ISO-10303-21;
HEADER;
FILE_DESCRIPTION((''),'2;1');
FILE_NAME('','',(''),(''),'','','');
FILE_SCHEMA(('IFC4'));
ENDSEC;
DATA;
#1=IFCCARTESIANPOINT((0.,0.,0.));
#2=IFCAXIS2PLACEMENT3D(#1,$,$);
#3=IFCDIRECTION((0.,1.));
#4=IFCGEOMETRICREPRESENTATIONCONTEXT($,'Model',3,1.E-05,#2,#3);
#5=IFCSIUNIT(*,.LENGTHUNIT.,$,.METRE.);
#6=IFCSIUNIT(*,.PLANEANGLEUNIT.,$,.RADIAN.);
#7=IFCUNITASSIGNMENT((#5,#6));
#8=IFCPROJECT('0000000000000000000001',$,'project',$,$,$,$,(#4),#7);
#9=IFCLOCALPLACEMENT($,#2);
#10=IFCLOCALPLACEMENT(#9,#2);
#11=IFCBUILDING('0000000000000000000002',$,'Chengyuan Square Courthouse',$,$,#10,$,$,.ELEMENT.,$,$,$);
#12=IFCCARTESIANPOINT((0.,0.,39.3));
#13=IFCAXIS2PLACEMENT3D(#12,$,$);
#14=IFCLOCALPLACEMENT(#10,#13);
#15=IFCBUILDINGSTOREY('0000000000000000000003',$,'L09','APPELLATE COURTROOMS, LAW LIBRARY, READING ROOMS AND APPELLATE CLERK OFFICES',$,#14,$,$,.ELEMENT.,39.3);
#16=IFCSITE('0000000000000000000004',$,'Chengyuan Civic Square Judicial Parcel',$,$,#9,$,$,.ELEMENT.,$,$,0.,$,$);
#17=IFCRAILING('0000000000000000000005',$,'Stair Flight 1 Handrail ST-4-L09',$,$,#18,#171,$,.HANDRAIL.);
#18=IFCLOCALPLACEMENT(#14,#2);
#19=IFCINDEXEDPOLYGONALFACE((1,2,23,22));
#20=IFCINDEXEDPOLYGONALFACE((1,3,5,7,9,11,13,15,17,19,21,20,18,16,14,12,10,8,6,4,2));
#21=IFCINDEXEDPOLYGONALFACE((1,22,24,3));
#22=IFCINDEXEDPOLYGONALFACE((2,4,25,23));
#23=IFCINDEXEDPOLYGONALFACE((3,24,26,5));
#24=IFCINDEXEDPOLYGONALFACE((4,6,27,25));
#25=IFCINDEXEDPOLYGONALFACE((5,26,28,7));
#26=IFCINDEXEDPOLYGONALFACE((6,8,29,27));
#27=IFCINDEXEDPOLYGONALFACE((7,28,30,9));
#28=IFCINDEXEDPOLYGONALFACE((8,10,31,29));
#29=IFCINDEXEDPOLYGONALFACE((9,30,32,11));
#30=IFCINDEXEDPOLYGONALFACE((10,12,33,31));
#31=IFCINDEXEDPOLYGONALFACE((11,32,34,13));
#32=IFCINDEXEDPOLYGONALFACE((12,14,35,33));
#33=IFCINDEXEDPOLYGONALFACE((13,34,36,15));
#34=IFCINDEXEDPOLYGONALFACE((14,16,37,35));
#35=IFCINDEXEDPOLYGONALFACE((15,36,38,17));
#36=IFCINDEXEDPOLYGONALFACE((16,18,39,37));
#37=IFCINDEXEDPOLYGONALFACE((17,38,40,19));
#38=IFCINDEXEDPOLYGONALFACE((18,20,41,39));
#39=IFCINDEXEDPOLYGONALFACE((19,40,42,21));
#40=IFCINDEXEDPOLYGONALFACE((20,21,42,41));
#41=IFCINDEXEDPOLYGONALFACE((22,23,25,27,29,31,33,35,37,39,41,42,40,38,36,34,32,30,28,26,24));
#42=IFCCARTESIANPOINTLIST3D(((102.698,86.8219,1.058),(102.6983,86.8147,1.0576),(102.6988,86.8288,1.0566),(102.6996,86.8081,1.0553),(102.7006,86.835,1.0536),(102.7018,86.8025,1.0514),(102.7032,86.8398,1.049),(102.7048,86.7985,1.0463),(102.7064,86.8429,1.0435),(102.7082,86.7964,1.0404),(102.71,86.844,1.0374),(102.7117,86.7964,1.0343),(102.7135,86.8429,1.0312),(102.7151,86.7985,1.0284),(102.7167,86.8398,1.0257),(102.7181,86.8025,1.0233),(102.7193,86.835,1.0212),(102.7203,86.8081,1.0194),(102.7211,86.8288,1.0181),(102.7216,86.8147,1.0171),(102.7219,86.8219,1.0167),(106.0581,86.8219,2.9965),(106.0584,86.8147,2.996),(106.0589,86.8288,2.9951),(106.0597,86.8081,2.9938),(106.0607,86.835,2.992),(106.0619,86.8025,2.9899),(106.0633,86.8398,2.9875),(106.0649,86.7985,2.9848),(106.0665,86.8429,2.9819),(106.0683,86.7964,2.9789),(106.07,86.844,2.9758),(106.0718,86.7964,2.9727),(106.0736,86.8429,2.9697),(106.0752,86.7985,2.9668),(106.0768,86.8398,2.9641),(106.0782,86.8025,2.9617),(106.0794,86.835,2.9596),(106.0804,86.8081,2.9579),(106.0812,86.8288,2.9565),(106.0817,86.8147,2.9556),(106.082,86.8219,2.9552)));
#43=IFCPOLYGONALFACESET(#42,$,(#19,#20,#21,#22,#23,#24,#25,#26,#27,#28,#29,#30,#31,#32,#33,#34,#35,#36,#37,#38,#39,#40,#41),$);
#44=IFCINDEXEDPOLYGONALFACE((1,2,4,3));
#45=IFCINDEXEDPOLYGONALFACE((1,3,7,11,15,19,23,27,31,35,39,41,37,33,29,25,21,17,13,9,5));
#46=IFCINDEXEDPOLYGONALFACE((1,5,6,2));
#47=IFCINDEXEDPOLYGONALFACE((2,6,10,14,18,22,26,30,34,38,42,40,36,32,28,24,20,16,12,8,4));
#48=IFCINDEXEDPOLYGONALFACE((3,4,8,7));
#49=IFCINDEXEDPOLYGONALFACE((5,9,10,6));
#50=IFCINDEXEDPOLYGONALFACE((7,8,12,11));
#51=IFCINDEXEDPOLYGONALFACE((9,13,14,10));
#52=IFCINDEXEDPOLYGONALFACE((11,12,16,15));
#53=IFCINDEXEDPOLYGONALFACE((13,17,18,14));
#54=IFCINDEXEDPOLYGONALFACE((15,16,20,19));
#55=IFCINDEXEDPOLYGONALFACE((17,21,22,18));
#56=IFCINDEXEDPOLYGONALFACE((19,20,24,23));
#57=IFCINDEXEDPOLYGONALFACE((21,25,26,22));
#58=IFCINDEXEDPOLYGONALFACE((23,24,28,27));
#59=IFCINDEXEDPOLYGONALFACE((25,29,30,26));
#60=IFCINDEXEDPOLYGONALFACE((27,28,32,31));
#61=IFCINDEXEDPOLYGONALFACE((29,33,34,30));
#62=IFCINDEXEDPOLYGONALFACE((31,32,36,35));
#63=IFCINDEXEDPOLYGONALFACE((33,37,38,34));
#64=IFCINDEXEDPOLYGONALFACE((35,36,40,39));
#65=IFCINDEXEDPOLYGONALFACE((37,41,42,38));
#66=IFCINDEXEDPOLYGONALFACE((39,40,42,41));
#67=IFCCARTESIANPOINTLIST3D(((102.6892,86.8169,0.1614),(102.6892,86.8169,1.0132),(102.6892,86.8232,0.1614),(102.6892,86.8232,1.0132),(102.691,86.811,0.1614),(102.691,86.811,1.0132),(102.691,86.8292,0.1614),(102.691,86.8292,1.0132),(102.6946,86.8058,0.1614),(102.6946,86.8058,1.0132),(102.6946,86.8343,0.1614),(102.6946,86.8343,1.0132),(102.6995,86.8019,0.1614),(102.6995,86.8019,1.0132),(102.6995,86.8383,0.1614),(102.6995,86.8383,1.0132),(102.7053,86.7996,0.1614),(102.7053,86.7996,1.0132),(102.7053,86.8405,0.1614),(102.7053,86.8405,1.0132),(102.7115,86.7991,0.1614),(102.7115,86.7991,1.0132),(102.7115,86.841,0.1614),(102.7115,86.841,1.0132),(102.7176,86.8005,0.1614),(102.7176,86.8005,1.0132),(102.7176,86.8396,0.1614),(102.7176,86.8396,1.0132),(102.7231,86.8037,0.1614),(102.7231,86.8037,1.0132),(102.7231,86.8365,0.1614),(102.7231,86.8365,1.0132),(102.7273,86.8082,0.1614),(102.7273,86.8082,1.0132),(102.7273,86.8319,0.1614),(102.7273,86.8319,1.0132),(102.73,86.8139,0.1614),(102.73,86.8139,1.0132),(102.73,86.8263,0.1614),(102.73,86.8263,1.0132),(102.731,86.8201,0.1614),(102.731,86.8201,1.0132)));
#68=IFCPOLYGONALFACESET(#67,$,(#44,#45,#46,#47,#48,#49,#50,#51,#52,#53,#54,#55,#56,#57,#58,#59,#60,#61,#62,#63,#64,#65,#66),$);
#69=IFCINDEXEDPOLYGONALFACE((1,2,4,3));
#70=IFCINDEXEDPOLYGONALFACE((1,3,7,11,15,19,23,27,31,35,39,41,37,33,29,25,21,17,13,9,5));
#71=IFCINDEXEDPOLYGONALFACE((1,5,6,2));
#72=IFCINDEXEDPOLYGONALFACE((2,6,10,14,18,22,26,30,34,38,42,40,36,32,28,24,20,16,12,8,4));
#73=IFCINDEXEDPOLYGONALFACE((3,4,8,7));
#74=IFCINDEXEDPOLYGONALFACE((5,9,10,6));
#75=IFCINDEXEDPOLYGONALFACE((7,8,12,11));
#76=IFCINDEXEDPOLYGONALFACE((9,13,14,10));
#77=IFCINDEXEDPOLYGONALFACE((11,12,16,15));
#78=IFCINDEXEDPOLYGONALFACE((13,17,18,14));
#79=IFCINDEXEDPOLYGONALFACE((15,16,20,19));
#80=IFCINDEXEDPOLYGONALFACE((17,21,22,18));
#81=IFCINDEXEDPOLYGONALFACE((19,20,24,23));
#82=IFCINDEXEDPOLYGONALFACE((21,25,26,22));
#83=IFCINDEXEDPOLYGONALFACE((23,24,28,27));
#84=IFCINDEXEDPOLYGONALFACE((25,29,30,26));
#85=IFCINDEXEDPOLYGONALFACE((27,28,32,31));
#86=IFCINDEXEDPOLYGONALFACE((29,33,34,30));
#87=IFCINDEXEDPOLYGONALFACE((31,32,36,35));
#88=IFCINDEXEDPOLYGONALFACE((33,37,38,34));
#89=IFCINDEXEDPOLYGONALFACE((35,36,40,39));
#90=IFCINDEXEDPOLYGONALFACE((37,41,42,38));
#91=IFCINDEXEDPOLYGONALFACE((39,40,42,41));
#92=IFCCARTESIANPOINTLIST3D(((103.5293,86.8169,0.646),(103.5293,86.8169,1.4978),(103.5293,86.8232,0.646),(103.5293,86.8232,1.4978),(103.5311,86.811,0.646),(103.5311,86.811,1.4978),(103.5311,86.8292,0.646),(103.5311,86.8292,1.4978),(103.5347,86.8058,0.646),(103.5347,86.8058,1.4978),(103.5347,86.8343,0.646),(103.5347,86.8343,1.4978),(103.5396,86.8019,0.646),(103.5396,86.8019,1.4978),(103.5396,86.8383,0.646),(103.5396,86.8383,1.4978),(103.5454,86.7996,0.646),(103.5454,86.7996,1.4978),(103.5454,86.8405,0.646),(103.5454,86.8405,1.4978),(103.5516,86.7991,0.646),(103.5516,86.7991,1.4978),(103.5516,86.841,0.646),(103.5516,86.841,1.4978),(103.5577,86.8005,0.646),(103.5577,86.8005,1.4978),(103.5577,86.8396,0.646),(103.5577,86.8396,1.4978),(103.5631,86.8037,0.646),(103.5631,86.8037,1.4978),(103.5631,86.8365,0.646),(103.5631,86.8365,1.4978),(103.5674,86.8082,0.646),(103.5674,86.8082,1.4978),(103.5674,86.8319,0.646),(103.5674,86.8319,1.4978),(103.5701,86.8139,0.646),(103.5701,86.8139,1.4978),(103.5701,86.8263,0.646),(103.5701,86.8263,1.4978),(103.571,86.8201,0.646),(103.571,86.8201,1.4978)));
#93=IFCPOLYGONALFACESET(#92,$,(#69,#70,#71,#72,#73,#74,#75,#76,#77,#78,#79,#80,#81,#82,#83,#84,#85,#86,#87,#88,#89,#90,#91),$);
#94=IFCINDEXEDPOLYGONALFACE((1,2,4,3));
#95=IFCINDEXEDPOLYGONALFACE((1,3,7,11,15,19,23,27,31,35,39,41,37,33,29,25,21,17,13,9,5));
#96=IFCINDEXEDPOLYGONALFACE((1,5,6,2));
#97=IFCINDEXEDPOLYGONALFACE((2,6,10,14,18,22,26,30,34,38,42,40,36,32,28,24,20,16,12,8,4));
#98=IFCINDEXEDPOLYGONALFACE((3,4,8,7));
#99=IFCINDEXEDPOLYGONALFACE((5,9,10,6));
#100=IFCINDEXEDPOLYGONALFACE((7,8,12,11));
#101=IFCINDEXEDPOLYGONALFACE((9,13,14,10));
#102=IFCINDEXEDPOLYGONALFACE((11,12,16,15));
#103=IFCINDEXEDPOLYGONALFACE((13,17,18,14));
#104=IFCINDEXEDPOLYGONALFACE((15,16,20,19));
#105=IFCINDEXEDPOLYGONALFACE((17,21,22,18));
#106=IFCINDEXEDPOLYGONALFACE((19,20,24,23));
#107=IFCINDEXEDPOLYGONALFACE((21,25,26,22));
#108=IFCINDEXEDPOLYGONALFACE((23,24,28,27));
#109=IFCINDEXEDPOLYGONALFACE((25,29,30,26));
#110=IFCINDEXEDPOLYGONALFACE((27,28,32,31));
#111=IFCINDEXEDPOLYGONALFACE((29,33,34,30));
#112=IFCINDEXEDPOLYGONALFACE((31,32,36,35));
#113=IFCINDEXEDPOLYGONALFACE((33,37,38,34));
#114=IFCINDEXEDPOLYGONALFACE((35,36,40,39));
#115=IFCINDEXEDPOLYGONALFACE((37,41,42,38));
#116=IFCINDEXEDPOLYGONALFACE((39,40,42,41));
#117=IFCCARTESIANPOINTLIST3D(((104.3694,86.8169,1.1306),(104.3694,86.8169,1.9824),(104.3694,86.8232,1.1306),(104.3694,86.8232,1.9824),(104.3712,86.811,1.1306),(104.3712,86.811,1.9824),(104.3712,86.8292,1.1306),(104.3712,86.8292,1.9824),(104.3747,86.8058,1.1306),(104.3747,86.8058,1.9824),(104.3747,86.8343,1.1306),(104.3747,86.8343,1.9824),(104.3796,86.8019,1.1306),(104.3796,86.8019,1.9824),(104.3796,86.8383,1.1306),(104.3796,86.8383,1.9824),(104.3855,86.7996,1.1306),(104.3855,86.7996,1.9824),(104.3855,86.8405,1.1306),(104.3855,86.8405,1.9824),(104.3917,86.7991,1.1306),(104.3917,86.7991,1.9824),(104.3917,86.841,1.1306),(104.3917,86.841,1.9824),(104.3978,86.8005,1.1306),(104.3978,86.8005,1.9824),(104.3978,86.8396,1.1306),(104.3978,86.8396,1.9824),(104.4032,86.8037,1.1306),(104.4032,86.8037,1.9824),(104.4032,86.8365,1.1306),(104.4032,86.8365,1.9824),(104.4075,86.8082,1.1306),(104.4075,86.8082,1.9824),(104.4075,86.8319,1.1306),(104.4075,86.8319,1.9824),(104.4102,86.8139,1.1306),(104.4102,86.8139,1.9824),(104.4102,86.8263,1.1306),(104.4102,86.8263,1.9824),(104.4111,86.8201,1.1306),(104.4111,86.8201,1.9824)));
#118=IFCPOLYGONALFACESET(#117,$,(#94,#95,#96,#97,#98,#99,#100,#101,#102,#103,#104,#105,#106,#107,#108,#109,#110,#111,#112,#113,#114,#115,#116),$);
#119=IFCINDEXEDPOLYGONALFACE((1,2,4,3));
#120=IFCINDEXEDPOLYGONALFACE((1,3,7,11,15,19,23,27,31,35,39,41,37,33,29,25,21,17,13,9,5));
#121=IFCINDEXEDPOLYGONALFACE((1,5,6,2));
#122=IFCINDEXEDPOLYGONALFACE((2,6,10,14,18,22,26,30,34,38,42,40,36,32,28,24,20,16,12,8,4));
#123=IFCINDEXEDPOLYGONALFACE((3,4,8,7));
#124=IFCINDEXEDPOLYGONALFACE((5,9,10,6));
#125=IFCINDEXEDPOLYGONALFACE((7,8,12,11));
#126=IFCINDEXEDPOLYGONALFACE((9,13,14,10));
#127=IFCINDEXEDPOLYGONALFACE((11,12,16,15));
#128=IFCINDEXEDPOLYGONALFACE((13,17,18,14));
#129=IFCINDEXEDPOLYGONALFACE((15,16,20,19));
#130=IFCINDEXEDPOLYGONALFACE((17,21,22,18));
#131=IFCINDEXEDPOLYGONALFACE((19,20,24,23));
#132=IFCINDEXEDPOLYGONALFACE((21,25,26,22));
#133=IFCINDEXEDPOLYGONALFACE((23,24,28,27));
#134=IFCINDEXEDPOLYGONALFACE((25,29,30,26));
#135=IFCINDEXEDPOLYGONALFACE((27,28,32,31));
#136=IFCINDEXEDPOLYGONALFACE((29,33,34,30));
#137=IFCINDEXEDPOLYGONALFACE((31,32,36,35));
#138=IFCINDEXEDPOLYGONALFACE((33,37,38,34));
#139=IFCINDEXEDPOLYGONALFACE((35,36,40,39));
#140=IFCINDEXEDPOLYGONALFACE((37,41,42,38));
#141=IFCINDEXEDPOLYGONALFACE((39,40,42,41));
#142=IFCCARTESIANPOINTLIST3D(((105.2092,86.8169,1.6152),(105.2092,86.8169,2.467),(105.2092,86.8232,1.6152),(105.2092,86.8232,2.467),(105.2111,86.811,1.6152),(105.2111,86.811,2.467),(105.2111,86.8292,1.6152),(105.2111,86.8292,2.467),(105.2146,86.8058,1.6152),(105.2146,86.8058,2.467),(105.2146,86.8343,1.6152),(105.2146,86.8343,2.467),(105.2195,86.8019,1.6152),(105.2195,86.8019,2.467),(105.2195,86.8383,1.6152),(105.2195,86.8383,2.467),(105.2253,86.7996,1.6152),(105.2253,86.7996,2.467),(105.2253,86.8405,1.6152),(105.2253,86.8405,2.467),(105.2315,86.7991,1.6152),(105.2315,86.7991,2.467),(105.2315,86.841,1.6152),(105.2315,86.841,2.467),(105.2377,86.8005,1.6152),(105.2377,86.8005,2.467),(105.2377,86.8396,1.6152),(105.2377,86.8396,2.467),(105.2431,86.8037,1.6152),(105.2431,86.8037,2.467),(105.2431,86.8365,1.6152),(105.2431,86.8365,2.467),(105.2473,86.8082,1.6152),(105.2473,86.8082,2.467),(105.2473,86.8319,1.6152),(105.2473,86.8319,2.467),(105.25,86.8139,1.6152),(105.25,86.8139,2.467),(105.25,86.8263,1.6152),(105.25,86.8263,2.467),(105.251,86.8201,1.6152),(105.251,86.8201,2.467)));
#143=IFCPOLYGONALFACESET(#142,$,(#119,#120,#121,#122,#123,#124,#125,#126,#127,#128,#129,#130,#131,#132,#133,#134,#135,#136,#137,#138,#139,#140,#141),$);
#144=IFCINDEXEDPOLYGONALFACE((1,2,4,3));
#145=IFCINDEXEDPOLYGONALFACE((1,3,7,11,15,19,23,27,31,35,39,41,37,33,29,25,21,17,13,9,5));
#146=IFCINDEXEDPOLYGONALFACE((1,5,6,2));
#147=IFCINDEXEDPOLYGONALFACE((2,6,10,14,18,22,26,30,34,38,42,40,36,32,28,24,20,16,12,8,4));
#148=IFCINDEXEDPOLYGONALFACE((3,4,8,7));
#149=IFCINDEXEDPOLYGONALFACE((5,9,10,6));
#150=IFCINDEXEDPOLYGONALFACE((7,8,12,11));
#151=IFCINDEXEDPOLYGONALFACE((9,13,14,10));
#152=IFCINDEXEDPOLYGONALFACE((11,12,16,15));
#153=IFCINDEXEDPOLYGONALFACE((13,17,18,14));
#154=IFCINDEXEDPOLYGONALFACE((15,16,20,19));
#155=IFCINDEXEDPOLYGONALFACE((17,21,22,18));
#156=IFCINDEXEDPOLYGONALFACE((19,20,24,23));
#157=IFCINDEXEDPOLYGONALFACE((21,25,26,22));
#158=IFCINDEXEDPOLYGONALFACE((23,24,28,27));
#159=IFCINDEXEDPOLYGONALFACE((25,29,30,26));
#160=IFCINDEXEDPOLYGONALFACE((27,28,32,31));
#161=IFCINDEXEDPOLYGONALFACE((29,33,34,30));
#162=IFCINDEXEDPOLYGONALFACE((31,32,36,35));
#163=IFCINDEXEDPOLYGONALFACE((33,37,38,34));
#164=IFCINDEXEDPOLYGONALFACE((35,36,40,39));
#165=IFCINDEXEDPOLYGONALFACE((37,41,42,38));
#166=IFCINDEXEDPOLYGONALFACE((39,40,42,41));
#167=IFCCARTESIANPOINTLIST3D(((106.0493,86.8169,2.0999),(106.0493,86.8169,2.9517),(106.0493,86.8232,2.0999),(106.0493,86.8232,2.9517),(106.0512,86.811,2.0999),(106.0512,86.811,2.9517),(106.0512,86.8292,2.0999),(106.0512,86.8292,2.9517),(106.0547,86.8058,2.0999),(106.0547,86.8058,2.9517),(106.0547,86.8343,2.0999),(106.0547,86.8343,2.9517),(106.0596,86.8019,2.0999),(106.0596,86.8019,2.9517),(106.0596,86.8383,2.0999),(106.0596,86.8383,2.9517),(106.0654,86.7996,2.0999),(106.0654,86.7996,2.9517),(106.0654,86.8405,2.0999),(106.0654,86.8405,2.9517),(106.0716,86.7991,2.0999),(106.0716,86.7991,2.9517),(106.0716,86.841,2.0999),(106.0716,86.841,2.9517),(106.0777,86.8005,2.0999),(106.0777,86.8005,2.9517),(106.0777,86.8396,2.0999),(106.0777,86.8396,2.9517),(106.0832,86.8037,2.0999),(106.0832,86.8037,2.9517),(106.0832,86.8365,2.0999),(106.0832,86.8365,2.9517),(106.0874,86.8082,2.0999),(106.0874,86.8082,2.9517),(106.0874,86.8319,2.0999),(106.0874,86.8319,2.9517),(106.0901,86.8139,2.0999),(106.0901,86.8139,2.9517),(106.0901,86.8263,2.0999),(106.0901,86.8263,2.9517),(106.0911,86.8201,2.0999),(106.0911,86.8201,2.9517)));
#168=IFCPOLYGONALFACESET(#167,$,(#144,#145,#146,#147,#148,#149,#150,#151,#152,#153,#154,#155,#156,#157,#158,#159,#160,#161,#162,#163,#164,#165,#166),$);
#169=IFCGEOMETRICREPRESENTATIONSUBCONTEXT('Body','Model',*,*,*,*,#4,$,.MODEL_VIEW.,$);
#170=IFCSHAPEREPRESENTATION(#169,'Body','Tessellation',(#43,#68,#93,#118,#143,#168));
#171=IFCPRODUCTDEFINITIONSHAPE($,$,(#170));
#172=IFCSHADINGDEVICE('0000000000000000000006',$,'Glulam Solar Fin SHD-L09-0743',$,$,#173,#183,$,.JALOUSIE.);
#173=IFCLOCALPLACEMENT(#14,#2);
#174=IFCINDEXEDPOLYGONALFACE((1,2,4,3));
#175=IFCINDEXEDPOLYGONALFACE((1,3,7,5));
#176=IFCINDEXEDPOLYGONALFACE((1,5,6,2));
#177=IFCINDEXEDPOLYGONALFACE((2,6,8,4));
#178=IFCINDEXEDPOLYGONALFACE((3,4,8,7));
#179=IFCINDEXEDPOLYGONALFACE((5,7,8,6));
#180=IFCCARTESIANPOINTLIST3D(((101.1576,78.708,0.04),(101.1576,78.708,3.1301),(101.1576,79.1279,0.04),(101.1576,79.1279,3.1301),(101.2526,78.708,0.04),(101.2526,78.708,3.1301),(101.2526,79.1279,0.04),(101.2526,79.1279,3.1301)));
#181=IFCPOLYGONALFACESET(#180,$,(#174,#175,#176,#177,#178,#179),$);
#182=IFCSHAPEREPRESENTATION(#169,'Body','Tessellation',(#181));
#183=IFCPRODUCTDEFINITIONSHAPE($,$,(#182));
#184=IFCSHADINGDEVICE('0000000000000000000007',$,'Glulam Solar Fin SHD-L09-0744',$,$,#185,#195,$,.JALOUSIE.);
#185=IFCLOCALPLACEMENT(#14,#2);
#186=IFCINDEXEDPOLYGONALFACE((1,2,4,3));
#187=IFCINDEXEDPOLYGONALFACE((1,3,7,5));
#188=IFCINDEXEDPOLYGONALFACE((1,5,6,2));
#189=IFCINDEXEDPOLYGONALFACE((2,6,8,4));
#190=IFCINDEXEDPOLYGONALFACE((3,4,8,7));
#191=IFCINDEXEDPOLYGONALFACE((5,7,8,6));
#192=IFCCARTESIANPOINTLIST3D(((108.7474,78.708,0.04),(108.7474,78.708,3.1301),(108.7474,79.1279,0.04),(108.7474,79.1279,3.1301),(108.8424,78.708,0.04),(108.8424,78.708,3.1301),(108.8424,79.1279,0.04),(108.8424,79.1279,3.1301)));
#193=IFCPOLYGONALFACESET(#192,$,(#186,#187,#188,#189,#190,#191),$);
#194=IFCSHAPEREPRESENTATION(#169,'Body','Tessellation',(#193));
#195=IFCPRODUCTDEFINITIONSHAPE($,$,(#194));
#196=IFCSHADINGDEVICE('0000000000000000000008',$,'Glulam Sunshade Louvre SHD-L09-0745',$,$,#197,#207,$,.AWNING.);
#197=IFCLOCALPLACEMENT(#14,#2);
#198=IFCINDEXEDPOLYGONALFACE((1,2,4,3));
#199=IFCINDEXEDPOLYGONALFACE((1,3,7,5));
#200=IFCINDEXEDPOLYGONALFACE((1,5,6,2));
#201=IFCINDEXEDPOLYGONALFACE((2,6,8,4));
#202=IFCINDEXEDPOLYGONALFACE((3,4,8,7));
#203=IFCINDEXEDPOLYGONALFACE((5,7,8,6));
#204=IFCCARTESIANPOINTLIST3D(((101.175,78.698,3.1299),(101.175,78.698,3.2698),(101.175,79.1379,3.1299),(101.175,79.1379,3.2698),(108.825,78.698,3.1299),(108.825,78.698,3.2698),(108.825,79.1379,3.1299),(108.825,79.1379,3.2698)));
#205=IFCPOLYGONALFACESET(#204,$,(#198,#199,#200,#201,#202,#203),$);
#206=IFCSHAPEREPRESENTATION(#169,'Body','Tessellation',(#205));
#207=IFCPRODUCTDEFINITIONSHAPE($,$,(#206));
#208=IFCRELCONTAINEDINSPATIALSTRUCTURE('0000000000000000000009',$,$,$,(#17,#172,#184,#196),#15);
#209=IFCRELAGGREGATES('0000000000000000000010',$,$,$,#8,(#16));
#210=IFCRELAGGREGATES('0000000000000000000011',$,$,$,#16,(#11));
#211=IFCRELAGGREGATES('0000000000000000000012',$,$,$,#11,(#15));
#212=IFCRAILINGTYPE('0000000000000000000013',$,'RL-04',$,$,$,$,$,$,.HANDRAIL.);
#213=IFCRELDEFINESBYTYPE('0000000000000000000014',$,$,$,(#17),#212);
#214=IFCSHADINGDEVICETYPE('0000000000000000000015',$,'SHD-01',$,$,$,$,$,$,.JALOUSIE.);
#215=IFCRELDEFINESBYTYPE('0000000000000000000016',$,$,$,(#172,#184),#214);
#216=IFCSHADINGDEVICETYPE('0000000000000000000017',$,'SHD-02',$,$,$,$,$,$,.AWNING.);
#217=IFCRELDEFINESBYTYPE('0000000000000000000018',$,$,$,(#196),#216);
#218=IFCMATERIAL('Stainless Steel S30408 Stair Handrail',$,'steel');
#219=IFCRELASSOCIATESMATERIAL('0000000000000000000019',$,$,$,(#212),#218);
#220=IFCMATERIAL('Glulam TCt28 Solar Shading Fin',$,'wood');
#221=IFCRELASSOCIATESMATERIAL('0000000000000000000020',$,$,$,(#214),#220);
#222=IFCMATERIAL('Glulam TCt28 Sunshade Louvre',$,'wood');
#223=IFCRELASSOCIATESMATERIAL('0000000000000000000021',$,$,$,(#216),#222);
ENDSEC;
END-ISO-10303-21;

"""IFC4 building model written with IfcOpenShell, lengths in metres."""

from ifc_helpers import new_model, si_unit, direction, frame, origin, origin_2d, place, context, subcontext, project, spatial, rectangle, circle, extrude, material, type_object, element, save


model = new_model("IFC4")

# Units and contexts
model_context = context("Model", 3, precision=1e-05, world=origin(), true_north=direction((0.0, 1.0)))
body_context = subcontext(model_context, "Body", "Model", "MODEL_VIEW")
ifc_project = project(units=[si_unit("LENGTHUNIT", "METRE"), si_unit("PLANEANGLEUNIT", "RADIAN")], contexts=[model_context])

# Site, building, storey
site_placement = place(None, origin())
site = spatial("IfcSite", under=ifc_project, at=site_placement, Name="Chengyuan Civic Square Judicial Parcel", CompositionType="ELEMENT", RefElevation=0.0)
building_placement = place(site_placement, origin())
building = spatial("IfcBuilding", under=site, at=building_placement, Name="Chengyuan Square Courthouse", CompositionType="ELEMENT")
storey_placement = place(building_placement, frame((0.0, 0.0, 39.3)))
storey = spatial("IfcBuildingStorey", under=building, at=storey_placement, Name="L09", Description="APPELLATE COURTROOMS, LAW LIBRARY, READING ROOMS AND APPELLATE CLERK OFFICES", CompositionType="ELEMENT", Elevation=39.3)

# Railing
ifc_material_1 = material(Name="Stainless Steel S30408 Stair Handrail", Category="steel")
railing_type = type_object("IfcRailingType", Name="RL-04", PredefinedType="HANDRAIL", material=ifc_material_1)
railing_placement = place(storey_placement, frame((102.71, 86.8201, 0.1614)))
element("IfcRailing", 1, at=railing_placement, inside=storey, type_object=railing_type, Name="Stair Flight 1 Handrail ST-4-L09", PredefinedType="HANDRAIL", context=body_context, shape_type="SweptSolid", body=[
    extrude(circle(Radius=0.0239, at=origin_2d()), frame((0.0, 0.0, 0.876), z_axis=(0.866191, 0.0, 0.499713), x_axis=(0.0, 1.0, 0.0)), (0.0, 0.0, 1.0), 3.8792),
    extrude(circle(Radius=0.021, at=origin_2d()), origin(), (0.0, 0.0, 1.0), 0.8518),
    extrude(circle(Radius=0.021, at=origin_2d()), frame((0.8401, 0.0, 0.4846)), (0.0, 0.0, 1.0), 0.8518),
    extrude(circle(Radius=0.021, at=origin_2d()), frame((1.6802, 0.0, 0.9692)), (0.0, 0.0, 1.0), 0.8518),
    extrude(circle(Radius=0.021, at=origin_2d()), frame((2.52, 0.0, 1.4539)), (0.0, 0.0, 1.0), 0.8518),
    extrude(circle(Radius=0.021, at=origin_2d()), frame((3.3601, 0.0, 1.9385)), (0.0, 0.0, 1.0), 0.8518),
])

# Shading devices
ifc_material_2 = material(Name="Glulam TCt28 Solar Shading Fin", Category="wood")
shading_device_type_1 = type_object("IfcShadingDeviceType", Name="SHD-01", PredefinedType="JALOUSIE", material=ifc_material_2)
for number, where, z_axis, x_axis, name in (
    (2, (101.2051, 78.918, 0.04), (0.0, 0.0, 1.0), (0.0, 1.0, 0.0), "Glulam Solar Fin SHD-L09-0743"),
    (3, (108.7949, 78.918, 0.04), (0.0, 0.0, 1.0), (0.0, 1.0, 0.0), "Glulam Solar Fin SHD-L09-0744"),
):
    element("IfcShadingDevice", number, at=place(storey_placement, frame(where, z_axis=z_axis, x_axis=x_axis)), inside=storey, type_object=shading_device_type_1, Name=name, PredefinedType="JALOUSIE", context=body_context, shape_type="SweptSolid", body=[
        extrude(rectangle(XDim=0.4199, YDim=0.095, at=origin_2d()), origin(), (0.0, 0.0, 1.0), 3.0901),
    ])
ifc_material_3 = material(Name="Glulam TCt28 Sunshade Louvre", Category="wood")
shading_device_type_2 = type_object("IfcShadingDeviceType", Name="SHD-02", PredefinedType="AWNING", material=ifc_material_3)
shading_device_placement = place(storey_placement, frame((105.0, 78.918, 3.1299), z_axis=(0.0, 0.0, 1.0), x_axis=(1.0, 0.0, 0.0)))
element("IfcShadingDevice", 4, at=shading_device_placement, inside=storey, type_object=shading_device_type_2, Name="Glulam Sunshade Louvre SHD-L09-0745", PredefinedType="AWNING", context=body_context, shape_type="SweptSolid", body=[
    extrude(rectangle(XDim=7.6499, YDim=0.4399, at=origin_2d()), origin(), (0.0, 0.0, 1.0), 0.1399),
])

save(model, "model.ifc")
